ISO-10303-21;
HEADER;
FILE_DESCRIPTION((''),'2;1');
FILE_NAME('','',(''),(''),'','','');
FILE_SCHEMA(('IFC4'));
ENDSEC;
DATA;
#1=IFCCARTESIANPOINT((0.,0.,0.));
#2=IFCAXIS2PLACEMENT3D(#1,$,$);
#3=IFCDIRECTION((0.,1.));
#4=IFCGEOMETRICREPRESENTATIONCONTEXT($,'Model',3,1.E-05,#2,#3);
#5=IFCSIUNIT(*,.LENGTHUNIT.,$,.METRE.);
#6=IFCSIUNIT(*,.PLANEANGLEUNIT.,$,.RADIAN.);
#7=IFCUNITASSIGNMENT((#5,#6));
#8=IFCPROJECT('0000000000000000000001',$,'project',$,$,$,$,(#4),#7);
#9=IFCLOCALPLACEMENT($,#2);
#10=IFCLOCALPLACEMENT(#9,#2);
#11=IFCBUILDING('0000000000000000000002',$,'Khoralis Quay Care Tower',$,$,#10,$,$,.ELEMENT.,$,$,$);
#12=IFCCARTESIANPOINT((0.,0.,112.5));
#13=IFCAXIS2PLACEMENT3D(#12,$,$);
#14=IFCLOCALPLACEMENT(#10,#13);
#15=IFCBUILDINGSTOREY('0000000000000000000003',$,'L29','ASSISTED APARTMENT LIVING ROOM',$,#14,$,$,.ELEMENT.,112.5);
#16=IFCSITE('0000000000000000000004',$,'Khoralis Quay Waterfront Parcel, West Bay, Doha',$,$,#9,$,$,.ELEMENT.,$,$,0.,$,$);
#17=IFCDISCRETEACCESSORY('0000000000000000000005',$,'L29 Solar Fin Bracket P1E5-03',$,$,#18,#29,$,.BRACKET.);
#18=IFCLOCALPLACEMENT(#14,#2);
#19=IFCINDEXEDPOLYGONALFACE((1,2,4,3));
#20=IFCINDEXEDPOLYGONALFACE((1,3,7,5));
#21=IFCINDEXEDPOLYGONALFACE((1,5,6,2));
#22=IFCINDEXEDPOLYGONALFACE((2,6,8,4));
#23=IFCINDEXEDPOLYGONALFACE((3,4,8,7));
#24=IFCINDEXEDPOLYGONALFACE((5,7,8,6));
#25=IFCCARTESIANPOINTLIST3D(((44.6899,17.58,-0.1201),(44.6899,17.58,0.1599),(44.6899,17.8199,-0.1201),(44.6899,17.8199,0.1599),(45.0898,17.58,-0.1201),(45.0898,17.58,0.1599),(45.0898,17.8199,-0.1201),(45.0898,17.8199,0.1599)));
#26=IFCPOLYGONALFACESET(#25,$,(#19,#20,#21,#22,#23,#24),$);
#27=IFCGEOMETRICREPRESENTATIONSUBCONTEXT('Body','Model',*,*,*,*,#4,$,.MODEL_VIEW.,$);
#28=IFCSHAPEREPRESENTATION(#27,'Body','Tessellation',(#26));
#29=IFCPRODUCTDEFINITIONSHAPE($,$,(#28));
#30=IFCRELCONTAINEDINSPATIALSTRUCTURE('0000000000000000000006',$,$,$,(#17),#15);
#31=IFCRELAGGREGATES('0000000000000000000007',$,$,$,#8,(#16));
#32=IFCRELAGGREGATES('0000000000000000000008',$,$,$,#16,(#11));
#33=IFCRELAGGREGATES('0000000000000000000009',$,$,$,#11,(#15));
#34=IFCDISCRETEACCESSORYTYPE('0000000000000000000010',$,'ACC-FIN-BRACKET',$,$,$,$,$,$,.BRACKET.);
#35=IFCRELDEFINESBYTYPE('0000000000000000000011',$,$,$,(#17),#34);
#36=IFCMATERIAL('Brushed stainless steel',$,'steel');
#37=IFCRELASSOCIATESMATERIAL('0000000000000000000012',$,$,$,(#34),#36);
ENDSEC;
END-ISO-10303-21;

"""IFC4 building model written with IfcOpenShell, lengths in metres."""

from ifc_helpers import new_model, si_unit, direction, frame, origin, origin_2d, place, context, subcontext, project, spatial, rectangle, extrude, source, transform, mapped, material, type_object, element, save


model = new_model("IFC4")

# Units and contexts
model_context = context("Model", 3, precision=1e-05, world=origin(), true_north=direction((0.0, 1.0)))
body_context = subcontext(model_context, "Body", "Model", "MODEL_VIEW")
ifc_project = project(units=[si_unit("LENGTHUNIT", "METRE"), si_unit("PLANEANGLEUNIT", "RADIAN")], contexts=[model_context])

# Site, building, storey
site_placement = place(None, origin())
site = spatial("IfcSite", under=ifc_project, at=site_placement, Name="Khoralis Quay Waterfront Parcel, West Bay, Doha", CompositionType="ELEMENT", RefElevation=0.0)
building_placement = place(site_placement, origin())
building = spatial("IfcBuilding", under=site, at=building_placement, Name="Khoralis Quay Care Tower", CompositionType="ELEMENT")
storey_placement = place(building_placement, frame((0.0, 0.0, 112.5)))
storey = spatial("IfcBuildingStorey", under=building, at=storey_placement, Name="L29", Description="ASSISTED APARTMENT LIVING ROOM", CompositionType="ELEMENT", Elevation=112.5)

# Shared definitions
ifc_material_1 = material(Name="Brushed stainless steel", Category="steel")

# Discrete accessory
discrete_accessory_type = type_object("IfcDiscreteAccessoryType", Name="ACC-FIN-BRACKET", PredefinedType="BRACKET", material=ifc_material_1)
shared_shape_1 = source(origin(), body_context, "Body", "SweptSolid", [
    extrude(rectangle(XDim=0.3999, YDim=0.24, at=origin_2d()), origin(), (0.0, 0.0, 1.0), 0.28),
])
discrete_accessory_placement = place(storey_placement, frame((44.8899, 17.7, -0.1201), z_axis=(0.0, 0.0, 1.0), x_axis=(1.0, 0.0, 0.0)))
element("IfcDiscreteAccessory", 1, at=discrete_accessory_placement, inside=storey, type_object=discrete_accessory_type, Name="L29 Solar Fin Bracket P1E5-03", PredefinedType="BRACKET", context=body_context, shape_type="MappedRepresentation", body=[
    mapped(shared_shape_1, transform((0.0, 0.0, 0.0), scale=1.0)),
])

save(model, "model.ifc")
